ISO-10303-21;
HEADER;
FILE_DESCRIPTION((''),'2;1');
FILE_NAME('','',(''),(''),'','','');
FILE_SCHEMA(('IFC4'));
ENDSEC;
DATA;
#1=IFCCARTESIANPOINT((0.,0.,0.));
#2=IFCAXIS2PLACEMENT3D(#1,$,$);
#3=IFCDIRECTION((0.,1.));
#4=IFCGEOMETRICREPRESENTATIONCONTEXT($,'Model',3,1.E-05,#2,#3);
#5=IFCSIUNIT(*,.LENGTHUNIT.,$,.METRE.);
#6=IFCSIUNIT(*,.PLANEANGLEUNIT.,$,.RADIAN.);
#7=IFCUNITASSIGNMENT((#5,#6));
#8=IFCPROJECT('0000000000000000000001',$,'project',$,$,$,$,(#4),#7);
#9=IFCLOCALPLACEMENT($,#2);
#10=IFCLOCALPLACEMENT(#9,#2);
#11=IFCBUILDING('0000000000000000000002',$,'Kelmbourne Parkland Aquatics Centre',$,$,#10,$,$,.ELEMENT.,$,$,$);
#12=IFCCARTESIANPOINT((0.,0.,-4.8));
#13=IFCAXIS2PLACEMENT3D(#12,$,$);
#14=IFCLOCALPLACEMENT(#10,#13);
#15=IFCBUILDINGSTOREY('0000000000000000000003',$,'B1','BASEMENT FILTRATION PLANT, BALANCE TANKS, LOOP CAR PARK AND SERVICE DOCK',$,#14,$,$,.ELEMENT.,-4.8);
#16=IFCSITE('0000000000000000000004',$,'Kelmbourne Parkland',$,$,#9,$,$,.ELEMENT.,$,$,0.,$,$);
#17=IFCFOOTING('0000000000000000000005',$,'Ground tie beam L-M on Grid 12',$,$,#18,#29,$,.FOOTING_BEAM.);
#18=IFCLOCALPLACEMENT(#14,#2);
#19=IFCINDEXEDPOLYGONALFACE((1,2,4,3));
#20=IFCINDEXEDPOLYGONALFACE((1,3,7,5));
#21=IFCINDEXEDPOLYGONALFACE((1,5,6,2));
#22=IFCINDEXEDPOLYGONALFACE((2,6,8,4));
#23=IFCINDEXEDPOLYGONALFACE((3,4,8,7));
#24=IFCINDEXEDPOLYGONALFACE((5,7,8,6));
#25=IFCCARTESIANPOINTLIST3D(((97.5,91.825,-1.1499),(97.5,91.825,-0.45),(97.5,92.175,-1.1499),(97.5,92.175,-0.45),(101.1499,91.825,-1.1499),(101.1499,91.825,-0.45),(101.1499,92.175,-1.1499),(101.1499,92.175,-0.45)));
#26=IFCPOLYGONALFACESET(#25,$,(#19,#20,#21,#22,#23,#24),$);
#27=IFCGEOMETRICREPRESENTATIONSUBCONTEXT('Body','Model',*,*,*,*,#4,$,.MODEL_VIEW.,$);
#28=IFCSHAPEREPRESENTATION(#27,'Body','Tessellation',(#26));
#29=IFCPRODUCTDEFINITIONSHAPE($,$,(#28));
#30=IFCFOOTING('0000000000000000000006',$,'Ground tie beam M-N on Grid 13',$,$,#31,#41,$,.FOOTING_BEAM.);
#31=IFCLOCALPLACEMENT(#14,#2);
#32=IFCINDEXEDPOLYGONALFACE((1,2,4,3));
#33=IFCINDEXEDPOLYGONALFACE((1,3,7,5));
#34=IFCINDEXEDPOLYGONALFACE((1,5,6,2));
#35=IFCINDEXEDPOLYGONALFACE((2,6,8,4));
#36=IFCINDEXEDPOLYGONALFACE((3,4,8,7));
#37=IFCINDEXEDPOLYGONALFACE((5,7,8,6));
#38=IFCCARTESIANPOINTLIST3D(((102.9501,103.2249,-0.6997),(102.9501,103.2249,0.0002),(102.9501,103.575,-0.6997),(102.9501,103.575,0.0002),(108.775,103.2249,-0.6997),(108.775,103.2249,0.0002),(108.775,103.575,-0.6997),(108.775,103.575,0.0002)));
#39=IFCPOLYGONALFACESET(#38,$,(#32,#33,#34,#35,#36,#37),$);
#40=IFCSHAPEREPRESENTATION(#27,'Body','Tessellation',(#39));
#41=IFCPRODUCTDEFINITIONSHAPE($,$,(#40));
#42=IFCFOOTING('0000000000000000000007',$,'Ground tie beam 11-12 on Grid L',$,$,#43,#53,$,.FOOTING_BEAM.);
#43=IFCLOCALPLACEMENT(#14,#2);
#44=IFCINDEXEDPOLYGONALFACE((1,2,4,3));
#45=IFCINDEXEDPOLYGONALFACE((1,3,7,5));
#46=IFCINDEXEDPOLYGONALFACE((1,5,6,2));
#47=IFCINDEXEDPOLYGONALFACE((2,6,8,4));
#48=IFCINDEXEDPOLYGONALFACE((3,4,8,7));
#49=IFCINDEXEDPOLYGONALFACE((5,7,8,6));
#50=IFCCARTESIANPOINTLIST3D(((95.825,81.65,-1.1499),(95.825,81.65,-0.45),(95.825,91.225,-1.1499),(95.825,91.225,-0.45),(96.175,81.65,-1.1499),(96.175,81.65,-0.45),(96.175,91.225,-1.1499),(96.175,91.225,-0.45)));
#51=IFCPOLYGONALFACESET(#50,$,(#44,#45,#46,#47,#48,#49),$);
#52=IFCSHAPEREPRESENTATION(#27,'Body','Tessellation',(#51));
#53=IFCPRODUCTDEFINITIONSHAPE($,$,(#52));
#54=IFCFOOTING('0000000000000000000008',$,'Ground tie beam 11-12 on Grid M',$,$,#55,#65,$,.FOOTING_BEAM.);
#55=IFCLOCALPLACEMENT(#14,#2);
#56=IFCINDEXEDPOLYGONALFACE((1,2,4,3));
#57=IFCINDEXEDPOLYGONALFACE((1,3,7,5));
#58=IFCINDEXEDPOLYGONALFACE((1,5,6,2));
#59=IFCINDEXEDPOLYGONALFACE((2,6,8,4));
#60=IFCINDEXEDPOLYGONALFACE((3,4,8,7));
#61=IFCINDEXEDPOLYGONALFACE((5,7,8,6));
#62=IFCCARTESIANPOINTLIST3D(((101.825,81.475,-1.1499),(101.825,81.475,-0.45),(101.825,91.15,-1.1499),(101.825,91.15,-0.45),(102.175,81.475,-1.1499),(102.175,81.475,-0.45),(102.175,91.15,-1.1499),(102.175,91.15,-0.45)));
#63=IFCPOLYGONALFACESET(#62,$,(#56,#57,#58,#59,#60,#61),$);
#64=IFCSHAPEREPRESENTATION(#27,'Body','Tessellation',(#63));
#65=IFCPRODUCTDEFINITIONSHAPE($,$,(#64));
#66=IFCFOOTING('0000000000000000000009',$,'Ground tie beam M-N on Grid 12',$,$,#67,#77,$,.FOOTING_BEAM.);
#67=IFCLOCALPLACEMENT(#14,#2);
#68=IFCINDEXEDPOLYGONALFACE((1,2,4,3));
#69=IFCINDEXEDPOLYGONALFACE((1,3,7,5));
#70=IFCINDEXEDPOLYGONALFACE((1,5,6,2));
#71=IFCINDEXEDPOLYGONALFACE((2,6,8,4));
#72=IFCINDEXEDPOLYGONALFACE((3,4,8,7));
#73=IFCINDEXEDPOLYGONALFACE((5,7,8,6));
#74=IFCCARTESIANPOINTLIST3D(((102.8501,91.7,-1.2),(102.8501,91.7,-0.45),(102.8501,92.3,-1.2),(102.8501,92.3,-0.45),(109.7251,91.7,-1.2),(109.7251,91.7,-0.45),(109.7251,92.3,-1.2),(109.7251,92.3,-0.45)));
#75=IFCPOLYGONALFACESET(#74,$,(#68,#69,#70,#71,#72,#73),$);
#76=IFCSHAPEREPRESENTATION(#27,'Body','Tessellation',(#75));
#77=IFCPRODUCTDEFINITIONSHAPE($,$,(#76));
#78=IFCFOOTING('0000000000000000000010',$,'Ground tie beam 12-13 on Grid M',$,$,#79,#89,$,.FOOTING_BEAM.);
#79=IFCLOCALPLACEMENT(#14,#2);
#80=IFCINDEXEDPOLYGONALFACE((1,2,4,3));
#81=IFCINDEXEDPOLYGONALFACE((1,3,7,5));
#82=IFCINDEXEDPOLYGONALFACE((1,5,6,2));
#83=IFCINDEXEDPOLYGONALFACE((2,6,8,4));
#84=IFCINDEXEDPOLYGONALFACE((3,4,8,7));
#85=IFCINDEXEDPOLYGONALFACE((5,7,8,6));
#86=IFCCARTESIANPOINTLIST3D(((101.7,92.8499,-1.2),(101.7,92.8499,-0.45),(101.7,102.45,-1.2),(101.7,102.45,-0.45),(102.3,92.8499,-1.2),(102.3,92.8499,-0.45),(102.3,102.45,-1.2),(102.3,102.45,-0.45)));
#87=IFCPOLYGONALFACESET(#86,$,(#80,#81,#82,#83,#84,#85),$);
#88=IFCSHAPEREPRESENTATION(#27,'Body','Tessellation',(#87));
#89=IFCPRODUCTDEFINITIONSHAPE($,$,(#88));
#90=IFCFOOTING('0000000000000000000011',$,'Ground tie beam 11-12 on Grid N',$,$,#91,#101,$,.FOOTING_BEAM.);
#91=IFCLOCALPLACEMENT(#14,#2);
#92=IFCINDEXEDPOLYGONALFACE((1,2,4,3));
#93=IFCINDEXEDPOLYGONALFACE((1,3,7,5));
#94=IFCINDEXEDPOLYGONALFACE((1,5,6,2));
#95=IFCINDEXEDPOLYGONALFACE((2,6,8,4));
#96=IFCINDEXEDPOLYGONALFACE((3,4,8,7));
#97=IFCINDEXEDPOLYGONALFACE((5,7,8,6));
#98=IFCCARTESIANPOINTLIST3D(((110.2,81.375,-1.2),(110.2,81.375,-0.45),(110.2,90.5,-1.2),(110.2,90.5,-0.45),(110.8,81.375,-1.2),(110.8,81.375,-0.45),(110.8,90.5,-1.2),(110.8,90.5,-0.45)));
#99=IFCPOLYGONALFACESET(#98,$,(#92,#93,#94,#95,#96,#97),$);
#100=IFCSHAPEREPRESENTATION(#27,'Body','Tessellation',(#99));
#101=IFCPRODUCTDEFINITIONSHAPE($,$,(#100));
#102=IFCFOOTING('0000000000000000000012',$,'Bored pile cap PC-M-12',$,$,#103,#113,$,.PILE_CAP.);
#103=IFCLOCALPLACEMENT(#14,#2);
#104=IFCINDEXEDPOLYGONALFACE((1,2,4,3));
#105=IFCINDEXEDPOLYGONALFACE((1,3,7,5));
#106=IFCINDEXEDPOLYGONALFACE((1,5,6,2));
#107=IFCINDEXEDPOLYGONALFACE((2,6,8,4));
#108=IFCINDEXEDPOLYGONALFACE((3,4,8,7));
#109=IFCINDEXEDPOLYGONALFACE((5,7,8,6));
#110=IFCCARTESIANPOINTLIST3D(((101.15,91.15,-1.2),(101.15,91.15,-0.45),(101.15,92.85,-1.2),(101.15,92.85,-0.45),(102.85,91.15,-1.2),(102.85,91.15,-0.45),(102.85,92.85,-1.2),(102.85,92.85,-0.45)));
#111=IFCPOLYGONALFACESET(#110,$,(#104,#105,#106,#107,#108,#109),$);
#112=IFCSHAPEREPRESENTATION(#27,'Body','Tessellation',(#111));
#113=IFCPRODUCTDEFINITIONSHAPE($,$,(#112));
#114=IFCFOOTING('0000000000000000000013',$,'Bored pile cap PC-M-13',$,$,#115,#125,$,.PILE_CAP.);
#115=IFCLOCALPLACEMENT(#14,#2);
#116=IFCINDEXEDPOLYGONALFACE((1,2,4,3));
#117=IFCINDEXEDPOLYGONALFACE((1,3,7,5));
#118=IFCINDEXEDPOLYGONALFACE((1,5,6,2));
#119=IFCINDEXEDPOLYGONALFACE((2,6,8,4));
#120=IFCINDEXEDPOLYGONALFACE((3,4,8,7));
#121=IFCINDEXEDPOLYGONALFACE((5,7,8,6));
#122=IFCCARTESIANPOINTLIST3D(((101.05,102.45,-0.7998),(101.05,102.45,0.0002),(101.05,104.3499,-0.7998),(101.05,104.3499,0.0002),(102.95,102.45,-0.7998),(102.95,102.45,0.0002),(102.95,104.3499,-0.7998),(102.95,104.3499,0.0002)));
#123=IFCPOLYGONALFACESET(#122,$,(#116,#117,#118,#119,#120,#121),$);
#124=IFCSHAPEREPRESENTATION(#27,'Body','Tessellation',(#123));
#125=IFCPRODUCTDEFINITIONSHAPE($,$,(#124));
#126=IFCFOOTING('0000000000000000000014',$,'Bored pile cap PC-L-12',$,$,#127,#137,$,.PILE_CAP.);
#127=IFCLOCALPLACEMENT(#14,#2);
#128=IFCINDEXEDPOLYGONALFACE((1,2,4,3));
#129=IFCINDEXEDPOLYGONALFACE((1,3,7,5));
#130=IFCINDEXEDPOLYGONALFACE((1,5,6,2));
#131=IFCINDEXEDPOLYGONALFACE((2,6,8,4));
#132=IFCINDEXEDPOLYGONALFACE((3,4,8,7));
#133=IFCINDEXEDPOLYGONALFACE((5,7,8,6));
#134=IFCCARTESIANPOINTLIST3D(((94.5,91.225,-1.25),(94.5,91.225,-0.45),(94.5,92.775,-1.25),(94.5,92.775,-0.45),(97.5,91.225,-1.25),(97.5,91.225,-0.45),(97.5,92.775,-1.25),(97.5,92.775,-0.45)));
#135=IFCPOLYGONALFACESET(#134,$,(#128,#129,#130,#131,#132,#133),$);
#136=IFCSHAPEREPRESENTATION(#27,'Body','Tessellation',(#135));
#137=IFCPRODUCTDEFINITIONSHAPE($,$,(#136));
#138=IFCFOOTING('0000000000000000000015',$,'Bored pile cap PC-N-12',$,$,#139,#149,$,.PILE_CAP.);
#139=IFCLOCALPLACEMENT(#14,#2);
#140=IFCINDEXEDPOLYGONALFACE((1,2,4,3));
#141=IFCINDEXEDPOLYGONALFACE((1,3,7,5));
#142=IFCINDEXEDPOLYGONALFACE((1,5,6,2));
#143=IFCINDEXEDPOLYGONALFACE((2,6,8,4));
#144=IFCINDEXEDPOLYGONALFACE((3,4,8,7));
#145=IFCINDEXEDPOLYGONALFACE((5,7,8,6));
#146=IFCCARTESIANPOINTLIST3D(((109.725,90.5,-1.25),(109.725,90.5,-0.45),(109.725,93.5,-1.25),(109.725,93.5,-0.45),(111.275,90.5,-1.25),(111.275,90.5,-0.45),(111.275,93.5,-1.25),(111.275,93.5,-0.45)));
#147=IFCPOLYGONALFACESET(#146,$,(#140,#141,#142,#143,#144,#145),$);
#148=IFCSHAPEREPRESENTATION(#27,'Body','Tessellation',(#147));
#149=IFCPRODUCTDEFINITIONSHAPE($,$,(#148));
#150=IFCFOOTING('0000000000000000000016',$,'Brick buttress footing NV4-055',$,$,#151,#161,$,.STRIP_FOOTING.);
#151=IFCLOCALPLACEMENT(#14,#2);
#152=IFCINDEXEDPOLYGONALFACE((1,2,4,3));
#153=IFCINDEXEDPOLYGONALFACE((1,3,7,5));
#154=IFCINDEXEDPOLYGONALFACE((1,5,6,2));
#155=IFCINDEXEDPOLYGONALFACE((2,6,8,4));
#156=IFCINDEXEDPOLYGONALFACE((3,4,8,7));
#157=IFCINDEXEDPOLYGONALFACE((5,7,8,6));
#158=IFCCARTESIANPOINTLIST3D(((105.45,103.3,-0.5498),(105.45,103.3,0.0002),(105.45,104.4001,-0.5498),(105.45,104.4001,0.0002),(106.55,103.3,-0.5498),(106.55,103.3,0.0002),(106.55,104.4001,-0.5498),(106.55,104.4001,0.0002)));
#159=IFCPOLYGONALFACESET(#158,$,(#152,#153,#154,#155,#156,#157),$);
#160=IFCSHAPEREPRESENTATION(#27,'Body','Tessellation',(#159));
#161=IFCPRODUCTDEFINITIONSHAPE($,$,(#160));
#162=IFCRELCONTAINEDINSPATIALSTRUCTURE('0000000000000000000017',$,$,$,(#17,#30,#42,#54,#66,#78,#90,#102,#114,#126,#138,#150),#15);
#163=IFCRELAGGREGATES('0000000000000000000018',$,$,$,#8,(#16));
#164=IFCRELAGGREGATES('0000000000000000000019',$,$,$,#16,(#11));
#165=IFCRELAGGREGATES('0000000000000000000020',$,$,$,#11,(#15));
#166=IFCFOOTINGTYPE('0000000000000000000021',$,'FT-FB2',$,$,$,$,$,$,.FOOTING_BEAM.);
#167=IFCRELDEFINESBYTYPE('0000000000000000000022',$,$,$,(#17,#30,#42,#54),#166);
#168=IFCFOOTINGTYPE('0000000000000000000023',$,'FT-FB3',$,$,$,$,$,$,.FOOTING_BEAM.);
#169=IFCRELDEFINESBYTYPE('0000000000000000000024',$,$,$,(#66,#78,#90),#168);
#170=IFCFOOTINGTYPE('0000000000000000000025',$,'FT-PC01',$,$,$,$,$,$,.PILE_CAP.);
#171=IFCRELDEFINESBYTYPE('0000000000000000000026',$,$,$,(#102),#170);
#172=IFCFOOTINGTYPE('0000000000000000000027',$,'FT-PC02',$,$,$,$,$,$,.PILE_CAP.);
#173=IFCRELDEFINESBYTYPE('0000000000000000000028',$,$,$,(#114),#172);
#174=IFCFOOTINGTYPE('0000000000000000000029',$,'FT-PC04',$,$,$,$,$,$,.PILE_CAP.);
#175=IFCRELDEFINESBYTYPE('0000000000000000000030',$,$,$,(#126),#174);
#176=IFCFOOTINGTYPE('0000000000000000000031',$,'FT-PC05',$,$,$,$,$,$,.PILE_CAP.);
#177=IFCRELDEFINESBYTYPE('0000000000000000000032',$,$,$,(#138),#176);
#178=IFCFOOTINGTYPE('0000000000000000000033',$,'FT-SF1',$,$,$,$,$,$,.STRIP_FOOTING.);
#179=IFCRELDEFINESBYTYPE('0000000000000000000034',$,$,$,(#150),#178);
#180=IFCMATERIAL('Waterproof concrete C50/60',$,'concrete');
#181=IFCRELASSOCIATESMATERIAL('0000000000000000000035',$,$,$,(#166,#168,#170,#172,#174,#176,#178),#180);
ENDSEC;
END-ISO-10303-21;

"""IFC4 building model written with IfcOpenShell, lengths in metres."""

from ifc_helpers import new_model, si_unit, direction, frame, origin, origin_2d, place, context, subcontext, project, spatial, rectangle, extrude, material, type_object, element, save


model = new_model("IFC4")

# Units and contexts
model_context = context("Model", 3, precision=1e-05, world=origin(), true_north=direction((0.0, 1.0)))
body_context = subcontext(model_context, "Body", "Model", "MODEL_VIEW")
ifc_project = project(units=[si_unit("LENGTHUNIT", "METRE"), si_unit("PLANEANGLEUNIT", "RADIAN")], contexts=[model_context])

# Site, building, storey
site_placement = place(None, origin())
site = spatial("IfcSite", under=ifc_project, at=site_placement, Name="Kelmbourne Parkland", CompositionType="ELEMENT", RefElevation=0.0)
building_placement = place(site_placement, origin())
building = spatial("IfcBuilding", under=site, at=building_placement, Name="Kelmbourne Parkland Aquatics Centre", CompositionType="ELEMENT")
storey_placement = place(building_placement, frame((0.0, 0.0, -4.8)))
storey = spatial("IfcBuildingStorey", under=building, at=storey_placement, Name="B1", Description="BASEMENT FILTRATION PLANT, BALANCE TANKS, LOOP CAR PARK AND SERVICE DOCK", CompositionType="ELEMENT", Elevation=-4.8)

# Footings
ifc_material_1 = material(Name="Waterproof concrete C50/60", Category="concrete")
footing_type_1 = type_object("IfcFootingType", Name="FT-FB2", PredefinedType="FOOTING_BEAM", material=ifc_material_1)
footing_1_placement = place(storey_placement, frame((99.325, 92.0, -1.1499), z_axis=(0.0, 0.0, 1.0), x_axis=(1.0, 0.0, 0.0)))
element("IfcFooting", 1, at=footing_1_placement, inside=storey, type_object=footing_type_1, Name="Ground tie beam L-M on Grid 12", PredefinedType="FOOTING_BEAM", context=body_context, shape_type="SweptSolid", body=[
    extrude(rectangle(XDim=3.6499, YDim=0.3501, at=origin_2d()), origin(), (0.0, 0.0, 1.0), 0.7),
])
footing_2_placement = place(storey_placement, frame((105.8625, 103.3999, -0.6997), z_axis=(0.0, 0.0, 1.0), x_axis=(1.0, 0.0, 0.0)))
element("IfcFooting", 2, at=footing_2_placement, inside=storey, type_object=footing_type_1, Name="Ground tie beam M-N on Grid 13", PredefinedType="FOOTING_BEAM", context=body_context, shape_type="SweptSolid", body=[
    extrude(rectangle(XDim=5.825, YDim=0.3501, at=origin_2d()), origin(), (0.0, 0.0, 1.0), 0.7),
])
footing_3_placement = place(storey_placement, frame((96.0, 86.4375, -1.1499), z_axis=(0.0, 0.0, 1.0), x_axis=(0.0, 1.0, 0.0)))
element("IfcFooting", 3, at=footing_3_placement, inside=storey, type_object=footing_type_1, Name="Ground tie beam 11-12 on Grid L", PredefinedType="FOOTING_BEAM", context=body_context, shape_type="SweptSolid", body=[
    extrude(rectangle(XDim=9.575, YDim=0.3501, at=origin_2d()), origin(), (0.0, 0.0, 1.0), 0.7),
])
footing_4_placement = place(storey_placement, frame((102.0, 86.3125, -1.1499), z_axis=(0.0, 0.0, 1.0), x_axis=(0.0, 1.0, 0.0)))
element("IfcFooting", 4, at=footing_4_placement, inside=storey, type_object=footing_type_1, Name="Ground tie beam 11-12 on Grid M", PredefinedType="FOOTING_BEAM", context=body_context, shape_type="SweptSolid", body=[
    extrude(rectangle(XDim=9.675, YDim=0.3501, at=origin_2d()), origin(), (0.0, 0.0, 1.0), 0.7),
])
footing_type_2 = type_object("IfcFootingType", Name="FT-FB3", PredefinedType="FOOTING_BEAM", material=ifc_material_1)
footing_5_placement = place(storey_placement, frame((106.2876, 92.0, -1.2), z_axis=(0.0, 0.0, 1.0), x_axis=(1.0, 0.0, 0.0)))
element("IfcFooting", 5, at=footing_5_placement, inside=storey, type_object=footing_type_2, Name="Ground tie beam M-N on Grid 12", PredefinedType="FOOTING_BEAM", context=body_context, shape_type="SweptSolid", body=[
    extrude(rectangle(XDim=6.875, YDim=0.6001, at=origin_2d()), origin(), (0.0, 0.0, 1.0), 0.75),
])
footing_6_placement = place(storey_placement, frame((102.0, 97.6499, -1.2), z_axis=(0.0, 0.0, 1.0), x_axis=(0.0, 1.0, 0.0)))
element("IfcFooting", 6, at=footing_6_placement, inside=storey, type_object=footing_type_2, Name="Ground tie beam 12-13 on Grid M", PredefinedType="FOOTING_BEAM", context=body_context, shape_type="SweptSolid", body=[
    extrude(rectangle(XDim=9.6001, YDim=0.6001, at=origin_2d()), origin(), (0.0, 0.0, 1.0), 0.75),
])
footing_7_placement = place(storey_placement, frame((110.5, 85.9375, -1.2), z_axis=(0.0, 0.0, 1.0), x_axis=(0.0, 1.0, 0.0)))
element("IfcFooting", 7, at=footing_7_placement, inside=storey, type_object=footing_type_2, Name="Ground tie beam 11-12 on Grid N", PredefinedType="FOOTING_BEAM", context=body_context, shape_type="SweptSolid", body=[
    extrude(rectangle(XDim=9.125, YDim=0.6001, at=origin_2d()), origin(), (0.0, 0.0, 1.0), 0.75),
])
footing_type_3 = type_object("IfcFootingType", Name="FT-PC01", PredefinedType="PILE_CAP", material=ifc_material_1)
footing_8_placement = place(storey_placement, frame((102.0, 92.0, -1.2), z_axis=(0.0, 0.0, 1.0), x_axis=(1.0, 0.0, 0.0)))
element("IfcFooting", 8, at=footing_8_placement, inside=storey, type_object=footing_type_3, Name="Bored pile cap PC-M-12", PredefinedType="PILE_CAP", context=body_context, shape_type="SweptSolid", body=[
    extrude(rectangle(XDim=1.7, YDim=1.7, at=origin_2d()), origin(), (0.0, 0.0, 1.0), 0.75),
])
footing_type_4 = type_object("IfcFootingType", Name="FT-PC02", PredefinedType="PILE_CAP", material=ifc_material_1)
footing_9_placement = place(storey_placement, frame((102.0, 103.3999, -0.7998), z_axis=(0.0, 0.0, 1.0), x_axis=(1.0, 0.0, 0.0)))
element("IfcFooting", 9, at=footing_9_placement, inside=storey, type_object=footing_type_4, Name="Bored pile cap PC-M-13", PredefinedType="PILE_CAP", context=body_context, shape_type="SweptSolid", body=[
    extrude(rectangle(XDim=1.8999, YDim=1.8999, at=origin_2d()), origin(), (0.0, 0.0, 1.0), 0.8),
])
footing_type_5 = type_object("IfcFootingType", Name="FT-PC04", PredefinedType="PILE_CAP", material=ifc_material_1)
footing_10_placement = place(storey_placement, frame((96.0, 92.0, -1.25), z_axis=(0.0, 0.0, 1.0), x_axis=(1.0, 0.0, 0.0)))
element("IfcFooting", 10, at=footing_10_placement, inside=storey, type_object=footing_type_5, Name="Bored pile cap PC-L-12", PredefinedType="PILE_CAP", context=body_context, shape_type="SweptSolid", body=[
    extrude(rectangle(XDim=3.0, YDim=1.55, at=origin_2d()), origin(), (0.0, 0.0, 1.0), 0.8),
])
footing_type_6 = type_object("IfcFootingType", Name="FT-PC05", PredefinedType="PILE_CAP", material=ifc_material_1)
footing_11_placement = place(storey_placement, frame((110.5, 92.0, -1.25), z_axis=(0.0, 0.0, 1.0), x_axis=(1.0, 0.0, 0.0)))
element("IfcFooting", 11, at=footing_11_placement, inside=storey, type_object=footing_type_6, Name="Bored pile cap PC-N-12", PredefinedType="PILE_CAP", context=body_context, shape_type="SweptSolid", body=[
    extrude(rectangle(XDim=1.55, YDim=3.0, at=origin_2d()), origin(), (0.0, 0.0, 1.0), 0.8),
])
footing_type_7 = type_object("IfcFootingType", Name="FT-SF1", PredefinedType="STRIP_FOOTING", material=ifc_material_1)
footing_12_placement = place(storey_placement, frame((106.0, 103.8501, -0.5498), z_axis=(0.0, 0.0, 1.0), x_axis=(1.0, 0.0, 0.0)))
element("IfcFooting", 12, at=footing_12_placement, inside=storey, type_object=footing_type_7, Name="Brick buttress footing NV4-055", PredefinedType="STRIP_FOOTING", context=body_context, shape_type="SweptSolid", body=[
    extrude(rectangle(XDim=1.1001, YDim=1.1001, at=origin_2d()), origin(), (0.0, 0.0, 1.0), 0.55),
])

save(model, "model.ifc")
